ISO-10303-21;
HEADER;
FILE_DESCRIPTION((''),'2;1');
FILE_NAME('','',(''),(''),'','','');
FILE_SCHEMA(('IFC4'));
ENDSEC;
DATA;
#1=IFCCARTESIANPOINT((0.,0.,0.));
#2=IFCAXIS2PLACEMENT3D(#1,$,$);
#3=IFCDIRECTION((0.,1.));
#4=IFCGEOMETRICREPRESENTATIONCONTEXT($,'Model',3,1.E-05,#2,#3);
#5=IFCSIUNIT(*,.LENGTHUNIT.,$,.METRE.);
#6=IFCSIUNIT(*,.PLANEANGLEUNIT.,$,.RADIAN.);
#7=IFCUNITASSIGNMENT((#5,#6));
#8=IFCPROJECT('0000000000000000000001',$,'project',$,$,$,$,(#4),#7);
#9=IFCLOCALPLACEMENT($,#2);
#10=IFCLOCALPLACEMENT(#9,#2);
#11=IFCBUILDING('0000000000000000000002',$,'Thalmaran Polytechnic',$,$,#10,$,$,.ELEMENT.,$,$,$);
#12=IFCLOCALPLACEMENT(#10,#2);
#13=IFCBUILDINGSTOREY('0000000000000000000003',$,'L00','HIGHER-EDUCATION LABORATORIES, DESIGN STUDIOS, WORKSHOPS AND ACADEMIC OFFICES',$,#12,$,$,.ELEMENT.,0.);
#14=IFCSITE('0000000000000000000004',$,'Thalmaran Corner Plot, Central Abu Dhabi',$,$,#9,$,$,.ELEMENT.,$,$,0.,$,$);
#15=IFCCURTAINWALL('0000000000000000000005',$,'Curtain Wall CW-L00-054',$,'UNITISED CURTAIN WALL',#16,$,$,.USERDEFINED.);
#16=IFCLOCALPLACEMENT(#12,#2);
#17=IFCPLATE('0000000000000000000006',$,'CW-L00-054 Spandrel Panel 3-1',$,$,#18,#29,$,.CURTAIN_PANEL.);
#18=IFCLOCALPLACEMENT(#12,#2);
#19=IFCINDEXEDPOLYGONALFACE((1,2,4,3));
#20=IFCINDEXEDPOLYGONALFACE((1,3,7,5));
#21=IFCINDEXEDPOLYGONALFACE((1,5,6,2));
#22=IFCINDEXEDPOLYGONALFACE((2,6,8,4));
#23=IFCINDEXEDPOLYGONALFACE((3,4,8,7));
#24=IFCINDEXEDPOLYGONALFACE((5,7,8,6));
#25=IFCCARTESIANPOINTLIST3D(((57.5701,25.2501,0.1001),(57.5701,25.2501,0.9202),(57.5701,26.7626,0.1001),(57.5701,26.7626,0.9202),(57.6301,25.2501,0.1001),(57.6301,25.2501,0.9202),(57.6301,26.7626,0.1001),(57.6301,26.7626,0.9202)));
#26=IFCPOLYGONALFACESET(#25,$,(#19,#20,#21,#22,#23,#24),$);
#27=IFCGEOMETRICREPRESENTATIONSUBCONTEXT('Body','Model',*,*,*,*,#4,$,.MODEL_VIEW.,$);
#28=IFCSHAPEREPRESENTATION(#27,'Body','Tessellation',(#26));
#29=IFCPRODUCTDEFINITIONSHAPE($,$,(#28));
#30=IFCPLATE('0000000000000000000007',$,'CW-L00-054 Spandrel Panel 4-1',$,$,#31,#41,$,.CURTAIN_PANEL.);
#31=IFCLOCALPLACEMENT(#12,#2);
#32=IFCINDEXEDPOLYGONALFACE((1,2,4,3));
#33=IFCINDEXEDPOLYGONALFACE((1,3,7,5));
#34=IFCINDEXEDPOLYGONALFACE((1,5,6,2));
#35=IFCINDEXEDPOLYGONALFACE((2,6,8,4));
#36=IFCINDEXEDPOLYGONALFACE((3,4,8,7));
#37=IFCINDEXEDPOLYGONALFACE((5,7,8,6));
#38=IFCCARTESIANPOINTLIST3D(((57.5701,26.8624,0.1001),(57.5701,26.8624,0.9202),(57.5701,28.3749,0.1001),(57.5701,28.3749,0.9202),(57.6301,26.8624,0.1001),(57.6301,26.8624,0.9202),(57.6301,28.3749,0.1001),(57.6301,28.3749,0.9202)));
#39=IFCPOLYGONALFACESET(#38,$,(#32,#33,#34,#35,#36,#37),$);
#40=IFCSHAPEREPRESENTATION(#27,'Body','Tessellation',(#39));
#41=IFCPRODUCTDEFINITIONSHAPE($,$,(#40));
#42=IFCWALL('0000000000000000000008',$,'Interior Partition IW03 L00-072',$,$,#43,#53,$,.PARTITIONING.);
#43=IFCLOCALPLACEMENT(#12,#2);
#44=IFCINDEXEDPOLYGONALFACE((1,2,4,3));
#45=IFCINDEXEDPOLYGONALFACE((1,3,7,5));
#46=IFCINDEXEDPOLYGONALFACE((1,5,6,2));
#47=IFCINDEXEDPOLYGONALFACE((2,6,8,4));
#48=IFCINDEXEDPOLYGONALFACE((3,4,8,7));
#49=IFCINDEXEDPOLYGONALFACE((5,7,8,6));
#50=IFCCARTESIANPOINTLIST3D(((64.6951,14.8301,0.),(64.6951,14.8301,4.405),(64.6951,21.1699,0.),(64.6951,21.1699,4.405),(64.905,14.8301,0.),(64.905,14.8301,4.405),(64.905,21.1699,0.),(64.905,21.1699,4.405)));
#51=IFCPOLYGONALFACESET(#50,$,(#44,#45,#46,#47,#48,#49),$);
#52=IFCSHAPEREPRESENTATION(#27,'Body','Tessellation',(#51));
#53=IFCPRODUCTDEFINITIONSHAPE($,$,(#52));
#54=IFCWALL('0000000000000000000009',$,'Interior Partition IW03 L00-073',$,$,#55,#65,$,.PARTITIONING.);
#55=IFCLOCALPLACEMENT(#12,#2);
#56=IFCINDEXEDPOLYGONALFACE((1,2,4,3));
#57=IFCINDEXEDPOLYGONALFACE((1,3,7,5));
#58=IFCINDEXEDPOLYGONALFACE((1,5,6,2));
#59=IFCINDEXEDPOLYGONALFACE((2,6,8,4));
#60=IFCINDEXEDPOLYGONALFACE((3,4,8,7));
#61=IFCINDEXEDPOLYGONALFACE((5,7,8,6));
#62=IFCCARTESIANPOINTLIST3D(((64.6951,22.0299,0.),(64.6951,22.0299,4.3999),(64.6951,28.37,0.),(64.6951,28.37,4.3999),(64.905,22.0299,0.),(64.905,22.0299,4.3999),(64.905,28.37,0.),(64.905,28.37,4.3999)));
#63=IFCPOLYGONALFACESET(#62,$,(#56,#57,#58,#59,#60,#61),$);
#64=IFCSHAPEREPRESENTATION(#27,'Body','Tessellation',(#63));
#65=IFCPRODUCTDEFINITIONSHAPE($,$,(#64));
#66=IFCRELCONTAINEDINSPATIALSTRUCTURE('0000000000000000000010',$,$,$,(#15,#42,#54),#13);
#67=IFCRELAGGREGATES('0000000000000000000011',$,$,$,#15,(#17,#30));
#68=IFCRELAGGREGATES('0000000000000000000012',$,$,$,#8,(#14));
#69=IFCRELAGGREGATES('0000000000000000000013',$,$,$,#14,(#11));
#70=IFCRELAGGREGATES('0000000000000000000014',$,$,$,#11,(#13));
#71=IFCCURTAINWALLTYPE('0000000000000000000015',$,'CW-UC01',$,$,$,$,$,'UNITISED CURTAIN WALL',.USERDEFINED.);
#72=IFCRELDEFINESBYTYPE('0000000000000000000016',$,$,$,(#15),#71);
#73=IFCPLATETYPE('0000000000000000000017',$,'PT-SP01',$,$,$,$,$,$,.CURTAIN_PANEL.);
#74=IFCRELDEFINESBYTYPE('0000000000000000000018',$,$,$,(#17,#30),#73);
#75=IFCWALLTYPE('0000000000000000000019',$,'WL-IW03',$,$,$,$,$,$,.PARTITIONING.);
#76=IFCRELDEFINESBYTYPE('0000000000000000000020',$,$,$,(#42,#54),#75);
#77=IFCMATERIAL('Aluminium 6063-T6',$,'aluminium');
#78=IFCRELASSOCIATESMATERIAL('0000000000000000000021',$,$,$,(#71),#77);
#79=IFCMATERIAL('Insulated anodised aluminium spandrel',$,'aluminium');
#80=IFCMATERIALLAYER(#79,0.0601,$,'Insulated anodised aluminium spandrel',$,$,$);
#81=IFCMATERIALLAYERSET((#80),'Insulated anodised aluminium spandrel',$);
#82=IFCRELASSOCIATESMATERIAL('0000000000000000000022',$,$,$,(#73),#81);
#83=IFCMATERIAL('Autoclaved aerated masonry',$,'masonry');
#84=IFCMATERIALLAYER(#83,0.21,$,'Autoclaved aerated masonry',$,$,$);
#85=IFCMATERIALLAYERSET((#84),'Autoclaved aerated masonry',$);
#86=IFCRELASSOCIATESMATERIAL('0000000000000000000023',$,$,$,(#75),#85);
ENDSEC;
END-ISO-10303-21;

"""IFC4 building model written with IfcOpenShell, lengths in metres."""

from ifc_helpers import new_model, si_unit, direction, frame, frame_2d, origin, origin_2d, place, context, subcontext, project, spatial, rectangle, extrude, material, layer, layer_set, type_object, element, aggregate, save


model = new_model("IFC4")

# Units and contexts
model_context = context("Model", 3, precision=1e-05, world=origin(), true_north=direction((0.0, 1.0)))
body_context = subcontext(model_context, "Body", "Model", "MODEL_VIEW")
ifc_project = project(units=[si_unit("LENGTHUNIT", "METRE"), si_unit("PLANEANGLEUNIT", "RADIAN")], contexts=[model_context])

# Site, building, storey
site_placement = place(None, origin())
site = spatial("IfcSite", under=ifc_project, at=site_placement, Name="Thalmaran Corner Plot, Central Abu Dhabi", CompositionType="ELEMENT", RefElevation=0.0)
building_placement = place(site_placement, origin())
building = spatial("IfcBuilding", under=site, at=building_placement, Name="Thalmaran Polytechnic", CompositionType="ELEMENT")
storey_placement = place(building_placement, origin())
storey = spatial("IfcBuildingStorey", under=building, at=storey_placement, Name="L00", Description="HIGHER-EDUCATION LABORATORIES, DESIGN STUDIOS, WORKSHOPS AND ACADEMIC OFFICES", CompositionType="ELEMENT", Elevation=0.0)

# Curtain wall, plates
ifc_material_1 = material(Name="Aluminium 6063-T6", Category="aluminium")
curtain_wall_type = type_object("IfcCurtainWallType", Name="CW-UC01", ElementType="UNITISED CURTAIN WALL", PredefinedType="USERDEFINED", material=ifc_material_1)
curtain_wall_placement = place(storey_placement, origin())
curtain_wall = element("IfcCurtainWall", 1, at=curtain_wall_placement, inside=storey, type_object=curtain_wall_type, Name="Curtain Wall CW-L00-054", ObjectType="UNITISED CURTAIN WALL", PredefinedType="USERDEFINED")
ifc_material_2 = material(Name="Insulated anodised aluminium spandrel", Category="aluminium")
ifc_layer_1 = layer(ifc_material_2, 0.0601, Name="Insulated anodised aluminium spandrel")
ifc_layer_set_1 = layer_set([ifc_layer_1], Name="Insulated anodised aluminium spandrel")
plate_type_1 = type_object("IfcPlateType", Name="PT-SP01", PredefinedType="CURTAIN_PANEL", material=ifc_layer_set_1)
plate_1_placement = place(storey_placement, frame((57.6001, 26.0063, 0.1001), z_axis=(0.0, 0.0, 1.0), x_axis=(0.0, 1.0, 0.0)))
plate_1 = element("IfcPlate", 2, at=plate_1_placement, type_object=plate_type_1, Name="CW-L00-054 Spandrel Panel 3-1", PredefinedType="CURTAIN_PANEL", context=body_context, shape_type="SweptSolid", body=[
    extrude(rectangle(XDim=1.5125, YDim=0.0601, at=origin_2d()), origin(), (0.0, 0.0, 1.0), 0.8201),
])
plate_2_placement = place(storey_placement, frame((57.6001, 27.6187, 0.1001), z_axis=(0.0, 0.0, 1.0), x_axis=(0.0, 1.0, 0.0)))
plate_2 = element("IfcPlate", 3, at=plate_2_placement, type_object=plate_type_1, Name="CW-L00-054 Spandrel Panel 4-1", PredefinedType="CURTAIN_PANEL", context=body_context, shape_type="SweptSolid", body=[
    extrude(rectangle(XDim=1.5125, YDim=0.0601, at=origin_2d()), origin(), (0.0, 0.0, 1.0), 0.8201),
])
aggregate(curtain_wall, [plate_1, plate_2])

# Walls
ifc_material_3 = material(Name="Autoclaved aerated masonry", Category="masonry")
ifc_layer_2 = layer(ifc_material_3, 0.21, Name="Autoclaved aerated masonry")
ifc_layer_set_2 = layer_set([ifc_layer_2], Name="Autoclaved aerated masonry")
wall_type = type_object("IfcWallType", Name="WL-IW03", PredefinedType="PARTITIONING", material=ifc_layer_set_2)
wall_1_placement = place(storey_placement, frame((64.8, 14.8301, 0.0), z_axis=(0.0, 0.0, 1.0), x_axis=(0.0, 1.0, 0.0)))
element("IfcWall", 4, at=wall_1_placement, inside=storey, type_object=wall_type, Name="Interior Partition IW03 L00-072", PredefinedType="PARTITIONING", context=body_context, shape_type="SweptSolid", body=[
    extrude(rectangle(XDim=6.3398, YDim=0.21, at=frame_2d((3.1699, 0.0))), origin(), (0.0, 0.0, 1.0), 4.405),
])
wall_2_placement = place(storey_placement, frame((64.8, 22.03, 0.0), z_axis=(0.0, 0.0, 1.0), x_axis=(0.0, 1.0, 0.0)))
element("IfcWall", 5, at=wall_2_placement, inside=storey, type_object=wall_type, Name="Interior Partition IW03 L00-073", PredefinedType="PARTITIONING", context=body_context, shape_type="SweptSolid", body=[
    extrude(rectangle(XDim=6.3401, YDim=0.21, at=frame_2d((3.1699, 0.0))), origin(), (0.0, 0.0, 1.0), 4.3999),
])

save(model, "model.ifc")
